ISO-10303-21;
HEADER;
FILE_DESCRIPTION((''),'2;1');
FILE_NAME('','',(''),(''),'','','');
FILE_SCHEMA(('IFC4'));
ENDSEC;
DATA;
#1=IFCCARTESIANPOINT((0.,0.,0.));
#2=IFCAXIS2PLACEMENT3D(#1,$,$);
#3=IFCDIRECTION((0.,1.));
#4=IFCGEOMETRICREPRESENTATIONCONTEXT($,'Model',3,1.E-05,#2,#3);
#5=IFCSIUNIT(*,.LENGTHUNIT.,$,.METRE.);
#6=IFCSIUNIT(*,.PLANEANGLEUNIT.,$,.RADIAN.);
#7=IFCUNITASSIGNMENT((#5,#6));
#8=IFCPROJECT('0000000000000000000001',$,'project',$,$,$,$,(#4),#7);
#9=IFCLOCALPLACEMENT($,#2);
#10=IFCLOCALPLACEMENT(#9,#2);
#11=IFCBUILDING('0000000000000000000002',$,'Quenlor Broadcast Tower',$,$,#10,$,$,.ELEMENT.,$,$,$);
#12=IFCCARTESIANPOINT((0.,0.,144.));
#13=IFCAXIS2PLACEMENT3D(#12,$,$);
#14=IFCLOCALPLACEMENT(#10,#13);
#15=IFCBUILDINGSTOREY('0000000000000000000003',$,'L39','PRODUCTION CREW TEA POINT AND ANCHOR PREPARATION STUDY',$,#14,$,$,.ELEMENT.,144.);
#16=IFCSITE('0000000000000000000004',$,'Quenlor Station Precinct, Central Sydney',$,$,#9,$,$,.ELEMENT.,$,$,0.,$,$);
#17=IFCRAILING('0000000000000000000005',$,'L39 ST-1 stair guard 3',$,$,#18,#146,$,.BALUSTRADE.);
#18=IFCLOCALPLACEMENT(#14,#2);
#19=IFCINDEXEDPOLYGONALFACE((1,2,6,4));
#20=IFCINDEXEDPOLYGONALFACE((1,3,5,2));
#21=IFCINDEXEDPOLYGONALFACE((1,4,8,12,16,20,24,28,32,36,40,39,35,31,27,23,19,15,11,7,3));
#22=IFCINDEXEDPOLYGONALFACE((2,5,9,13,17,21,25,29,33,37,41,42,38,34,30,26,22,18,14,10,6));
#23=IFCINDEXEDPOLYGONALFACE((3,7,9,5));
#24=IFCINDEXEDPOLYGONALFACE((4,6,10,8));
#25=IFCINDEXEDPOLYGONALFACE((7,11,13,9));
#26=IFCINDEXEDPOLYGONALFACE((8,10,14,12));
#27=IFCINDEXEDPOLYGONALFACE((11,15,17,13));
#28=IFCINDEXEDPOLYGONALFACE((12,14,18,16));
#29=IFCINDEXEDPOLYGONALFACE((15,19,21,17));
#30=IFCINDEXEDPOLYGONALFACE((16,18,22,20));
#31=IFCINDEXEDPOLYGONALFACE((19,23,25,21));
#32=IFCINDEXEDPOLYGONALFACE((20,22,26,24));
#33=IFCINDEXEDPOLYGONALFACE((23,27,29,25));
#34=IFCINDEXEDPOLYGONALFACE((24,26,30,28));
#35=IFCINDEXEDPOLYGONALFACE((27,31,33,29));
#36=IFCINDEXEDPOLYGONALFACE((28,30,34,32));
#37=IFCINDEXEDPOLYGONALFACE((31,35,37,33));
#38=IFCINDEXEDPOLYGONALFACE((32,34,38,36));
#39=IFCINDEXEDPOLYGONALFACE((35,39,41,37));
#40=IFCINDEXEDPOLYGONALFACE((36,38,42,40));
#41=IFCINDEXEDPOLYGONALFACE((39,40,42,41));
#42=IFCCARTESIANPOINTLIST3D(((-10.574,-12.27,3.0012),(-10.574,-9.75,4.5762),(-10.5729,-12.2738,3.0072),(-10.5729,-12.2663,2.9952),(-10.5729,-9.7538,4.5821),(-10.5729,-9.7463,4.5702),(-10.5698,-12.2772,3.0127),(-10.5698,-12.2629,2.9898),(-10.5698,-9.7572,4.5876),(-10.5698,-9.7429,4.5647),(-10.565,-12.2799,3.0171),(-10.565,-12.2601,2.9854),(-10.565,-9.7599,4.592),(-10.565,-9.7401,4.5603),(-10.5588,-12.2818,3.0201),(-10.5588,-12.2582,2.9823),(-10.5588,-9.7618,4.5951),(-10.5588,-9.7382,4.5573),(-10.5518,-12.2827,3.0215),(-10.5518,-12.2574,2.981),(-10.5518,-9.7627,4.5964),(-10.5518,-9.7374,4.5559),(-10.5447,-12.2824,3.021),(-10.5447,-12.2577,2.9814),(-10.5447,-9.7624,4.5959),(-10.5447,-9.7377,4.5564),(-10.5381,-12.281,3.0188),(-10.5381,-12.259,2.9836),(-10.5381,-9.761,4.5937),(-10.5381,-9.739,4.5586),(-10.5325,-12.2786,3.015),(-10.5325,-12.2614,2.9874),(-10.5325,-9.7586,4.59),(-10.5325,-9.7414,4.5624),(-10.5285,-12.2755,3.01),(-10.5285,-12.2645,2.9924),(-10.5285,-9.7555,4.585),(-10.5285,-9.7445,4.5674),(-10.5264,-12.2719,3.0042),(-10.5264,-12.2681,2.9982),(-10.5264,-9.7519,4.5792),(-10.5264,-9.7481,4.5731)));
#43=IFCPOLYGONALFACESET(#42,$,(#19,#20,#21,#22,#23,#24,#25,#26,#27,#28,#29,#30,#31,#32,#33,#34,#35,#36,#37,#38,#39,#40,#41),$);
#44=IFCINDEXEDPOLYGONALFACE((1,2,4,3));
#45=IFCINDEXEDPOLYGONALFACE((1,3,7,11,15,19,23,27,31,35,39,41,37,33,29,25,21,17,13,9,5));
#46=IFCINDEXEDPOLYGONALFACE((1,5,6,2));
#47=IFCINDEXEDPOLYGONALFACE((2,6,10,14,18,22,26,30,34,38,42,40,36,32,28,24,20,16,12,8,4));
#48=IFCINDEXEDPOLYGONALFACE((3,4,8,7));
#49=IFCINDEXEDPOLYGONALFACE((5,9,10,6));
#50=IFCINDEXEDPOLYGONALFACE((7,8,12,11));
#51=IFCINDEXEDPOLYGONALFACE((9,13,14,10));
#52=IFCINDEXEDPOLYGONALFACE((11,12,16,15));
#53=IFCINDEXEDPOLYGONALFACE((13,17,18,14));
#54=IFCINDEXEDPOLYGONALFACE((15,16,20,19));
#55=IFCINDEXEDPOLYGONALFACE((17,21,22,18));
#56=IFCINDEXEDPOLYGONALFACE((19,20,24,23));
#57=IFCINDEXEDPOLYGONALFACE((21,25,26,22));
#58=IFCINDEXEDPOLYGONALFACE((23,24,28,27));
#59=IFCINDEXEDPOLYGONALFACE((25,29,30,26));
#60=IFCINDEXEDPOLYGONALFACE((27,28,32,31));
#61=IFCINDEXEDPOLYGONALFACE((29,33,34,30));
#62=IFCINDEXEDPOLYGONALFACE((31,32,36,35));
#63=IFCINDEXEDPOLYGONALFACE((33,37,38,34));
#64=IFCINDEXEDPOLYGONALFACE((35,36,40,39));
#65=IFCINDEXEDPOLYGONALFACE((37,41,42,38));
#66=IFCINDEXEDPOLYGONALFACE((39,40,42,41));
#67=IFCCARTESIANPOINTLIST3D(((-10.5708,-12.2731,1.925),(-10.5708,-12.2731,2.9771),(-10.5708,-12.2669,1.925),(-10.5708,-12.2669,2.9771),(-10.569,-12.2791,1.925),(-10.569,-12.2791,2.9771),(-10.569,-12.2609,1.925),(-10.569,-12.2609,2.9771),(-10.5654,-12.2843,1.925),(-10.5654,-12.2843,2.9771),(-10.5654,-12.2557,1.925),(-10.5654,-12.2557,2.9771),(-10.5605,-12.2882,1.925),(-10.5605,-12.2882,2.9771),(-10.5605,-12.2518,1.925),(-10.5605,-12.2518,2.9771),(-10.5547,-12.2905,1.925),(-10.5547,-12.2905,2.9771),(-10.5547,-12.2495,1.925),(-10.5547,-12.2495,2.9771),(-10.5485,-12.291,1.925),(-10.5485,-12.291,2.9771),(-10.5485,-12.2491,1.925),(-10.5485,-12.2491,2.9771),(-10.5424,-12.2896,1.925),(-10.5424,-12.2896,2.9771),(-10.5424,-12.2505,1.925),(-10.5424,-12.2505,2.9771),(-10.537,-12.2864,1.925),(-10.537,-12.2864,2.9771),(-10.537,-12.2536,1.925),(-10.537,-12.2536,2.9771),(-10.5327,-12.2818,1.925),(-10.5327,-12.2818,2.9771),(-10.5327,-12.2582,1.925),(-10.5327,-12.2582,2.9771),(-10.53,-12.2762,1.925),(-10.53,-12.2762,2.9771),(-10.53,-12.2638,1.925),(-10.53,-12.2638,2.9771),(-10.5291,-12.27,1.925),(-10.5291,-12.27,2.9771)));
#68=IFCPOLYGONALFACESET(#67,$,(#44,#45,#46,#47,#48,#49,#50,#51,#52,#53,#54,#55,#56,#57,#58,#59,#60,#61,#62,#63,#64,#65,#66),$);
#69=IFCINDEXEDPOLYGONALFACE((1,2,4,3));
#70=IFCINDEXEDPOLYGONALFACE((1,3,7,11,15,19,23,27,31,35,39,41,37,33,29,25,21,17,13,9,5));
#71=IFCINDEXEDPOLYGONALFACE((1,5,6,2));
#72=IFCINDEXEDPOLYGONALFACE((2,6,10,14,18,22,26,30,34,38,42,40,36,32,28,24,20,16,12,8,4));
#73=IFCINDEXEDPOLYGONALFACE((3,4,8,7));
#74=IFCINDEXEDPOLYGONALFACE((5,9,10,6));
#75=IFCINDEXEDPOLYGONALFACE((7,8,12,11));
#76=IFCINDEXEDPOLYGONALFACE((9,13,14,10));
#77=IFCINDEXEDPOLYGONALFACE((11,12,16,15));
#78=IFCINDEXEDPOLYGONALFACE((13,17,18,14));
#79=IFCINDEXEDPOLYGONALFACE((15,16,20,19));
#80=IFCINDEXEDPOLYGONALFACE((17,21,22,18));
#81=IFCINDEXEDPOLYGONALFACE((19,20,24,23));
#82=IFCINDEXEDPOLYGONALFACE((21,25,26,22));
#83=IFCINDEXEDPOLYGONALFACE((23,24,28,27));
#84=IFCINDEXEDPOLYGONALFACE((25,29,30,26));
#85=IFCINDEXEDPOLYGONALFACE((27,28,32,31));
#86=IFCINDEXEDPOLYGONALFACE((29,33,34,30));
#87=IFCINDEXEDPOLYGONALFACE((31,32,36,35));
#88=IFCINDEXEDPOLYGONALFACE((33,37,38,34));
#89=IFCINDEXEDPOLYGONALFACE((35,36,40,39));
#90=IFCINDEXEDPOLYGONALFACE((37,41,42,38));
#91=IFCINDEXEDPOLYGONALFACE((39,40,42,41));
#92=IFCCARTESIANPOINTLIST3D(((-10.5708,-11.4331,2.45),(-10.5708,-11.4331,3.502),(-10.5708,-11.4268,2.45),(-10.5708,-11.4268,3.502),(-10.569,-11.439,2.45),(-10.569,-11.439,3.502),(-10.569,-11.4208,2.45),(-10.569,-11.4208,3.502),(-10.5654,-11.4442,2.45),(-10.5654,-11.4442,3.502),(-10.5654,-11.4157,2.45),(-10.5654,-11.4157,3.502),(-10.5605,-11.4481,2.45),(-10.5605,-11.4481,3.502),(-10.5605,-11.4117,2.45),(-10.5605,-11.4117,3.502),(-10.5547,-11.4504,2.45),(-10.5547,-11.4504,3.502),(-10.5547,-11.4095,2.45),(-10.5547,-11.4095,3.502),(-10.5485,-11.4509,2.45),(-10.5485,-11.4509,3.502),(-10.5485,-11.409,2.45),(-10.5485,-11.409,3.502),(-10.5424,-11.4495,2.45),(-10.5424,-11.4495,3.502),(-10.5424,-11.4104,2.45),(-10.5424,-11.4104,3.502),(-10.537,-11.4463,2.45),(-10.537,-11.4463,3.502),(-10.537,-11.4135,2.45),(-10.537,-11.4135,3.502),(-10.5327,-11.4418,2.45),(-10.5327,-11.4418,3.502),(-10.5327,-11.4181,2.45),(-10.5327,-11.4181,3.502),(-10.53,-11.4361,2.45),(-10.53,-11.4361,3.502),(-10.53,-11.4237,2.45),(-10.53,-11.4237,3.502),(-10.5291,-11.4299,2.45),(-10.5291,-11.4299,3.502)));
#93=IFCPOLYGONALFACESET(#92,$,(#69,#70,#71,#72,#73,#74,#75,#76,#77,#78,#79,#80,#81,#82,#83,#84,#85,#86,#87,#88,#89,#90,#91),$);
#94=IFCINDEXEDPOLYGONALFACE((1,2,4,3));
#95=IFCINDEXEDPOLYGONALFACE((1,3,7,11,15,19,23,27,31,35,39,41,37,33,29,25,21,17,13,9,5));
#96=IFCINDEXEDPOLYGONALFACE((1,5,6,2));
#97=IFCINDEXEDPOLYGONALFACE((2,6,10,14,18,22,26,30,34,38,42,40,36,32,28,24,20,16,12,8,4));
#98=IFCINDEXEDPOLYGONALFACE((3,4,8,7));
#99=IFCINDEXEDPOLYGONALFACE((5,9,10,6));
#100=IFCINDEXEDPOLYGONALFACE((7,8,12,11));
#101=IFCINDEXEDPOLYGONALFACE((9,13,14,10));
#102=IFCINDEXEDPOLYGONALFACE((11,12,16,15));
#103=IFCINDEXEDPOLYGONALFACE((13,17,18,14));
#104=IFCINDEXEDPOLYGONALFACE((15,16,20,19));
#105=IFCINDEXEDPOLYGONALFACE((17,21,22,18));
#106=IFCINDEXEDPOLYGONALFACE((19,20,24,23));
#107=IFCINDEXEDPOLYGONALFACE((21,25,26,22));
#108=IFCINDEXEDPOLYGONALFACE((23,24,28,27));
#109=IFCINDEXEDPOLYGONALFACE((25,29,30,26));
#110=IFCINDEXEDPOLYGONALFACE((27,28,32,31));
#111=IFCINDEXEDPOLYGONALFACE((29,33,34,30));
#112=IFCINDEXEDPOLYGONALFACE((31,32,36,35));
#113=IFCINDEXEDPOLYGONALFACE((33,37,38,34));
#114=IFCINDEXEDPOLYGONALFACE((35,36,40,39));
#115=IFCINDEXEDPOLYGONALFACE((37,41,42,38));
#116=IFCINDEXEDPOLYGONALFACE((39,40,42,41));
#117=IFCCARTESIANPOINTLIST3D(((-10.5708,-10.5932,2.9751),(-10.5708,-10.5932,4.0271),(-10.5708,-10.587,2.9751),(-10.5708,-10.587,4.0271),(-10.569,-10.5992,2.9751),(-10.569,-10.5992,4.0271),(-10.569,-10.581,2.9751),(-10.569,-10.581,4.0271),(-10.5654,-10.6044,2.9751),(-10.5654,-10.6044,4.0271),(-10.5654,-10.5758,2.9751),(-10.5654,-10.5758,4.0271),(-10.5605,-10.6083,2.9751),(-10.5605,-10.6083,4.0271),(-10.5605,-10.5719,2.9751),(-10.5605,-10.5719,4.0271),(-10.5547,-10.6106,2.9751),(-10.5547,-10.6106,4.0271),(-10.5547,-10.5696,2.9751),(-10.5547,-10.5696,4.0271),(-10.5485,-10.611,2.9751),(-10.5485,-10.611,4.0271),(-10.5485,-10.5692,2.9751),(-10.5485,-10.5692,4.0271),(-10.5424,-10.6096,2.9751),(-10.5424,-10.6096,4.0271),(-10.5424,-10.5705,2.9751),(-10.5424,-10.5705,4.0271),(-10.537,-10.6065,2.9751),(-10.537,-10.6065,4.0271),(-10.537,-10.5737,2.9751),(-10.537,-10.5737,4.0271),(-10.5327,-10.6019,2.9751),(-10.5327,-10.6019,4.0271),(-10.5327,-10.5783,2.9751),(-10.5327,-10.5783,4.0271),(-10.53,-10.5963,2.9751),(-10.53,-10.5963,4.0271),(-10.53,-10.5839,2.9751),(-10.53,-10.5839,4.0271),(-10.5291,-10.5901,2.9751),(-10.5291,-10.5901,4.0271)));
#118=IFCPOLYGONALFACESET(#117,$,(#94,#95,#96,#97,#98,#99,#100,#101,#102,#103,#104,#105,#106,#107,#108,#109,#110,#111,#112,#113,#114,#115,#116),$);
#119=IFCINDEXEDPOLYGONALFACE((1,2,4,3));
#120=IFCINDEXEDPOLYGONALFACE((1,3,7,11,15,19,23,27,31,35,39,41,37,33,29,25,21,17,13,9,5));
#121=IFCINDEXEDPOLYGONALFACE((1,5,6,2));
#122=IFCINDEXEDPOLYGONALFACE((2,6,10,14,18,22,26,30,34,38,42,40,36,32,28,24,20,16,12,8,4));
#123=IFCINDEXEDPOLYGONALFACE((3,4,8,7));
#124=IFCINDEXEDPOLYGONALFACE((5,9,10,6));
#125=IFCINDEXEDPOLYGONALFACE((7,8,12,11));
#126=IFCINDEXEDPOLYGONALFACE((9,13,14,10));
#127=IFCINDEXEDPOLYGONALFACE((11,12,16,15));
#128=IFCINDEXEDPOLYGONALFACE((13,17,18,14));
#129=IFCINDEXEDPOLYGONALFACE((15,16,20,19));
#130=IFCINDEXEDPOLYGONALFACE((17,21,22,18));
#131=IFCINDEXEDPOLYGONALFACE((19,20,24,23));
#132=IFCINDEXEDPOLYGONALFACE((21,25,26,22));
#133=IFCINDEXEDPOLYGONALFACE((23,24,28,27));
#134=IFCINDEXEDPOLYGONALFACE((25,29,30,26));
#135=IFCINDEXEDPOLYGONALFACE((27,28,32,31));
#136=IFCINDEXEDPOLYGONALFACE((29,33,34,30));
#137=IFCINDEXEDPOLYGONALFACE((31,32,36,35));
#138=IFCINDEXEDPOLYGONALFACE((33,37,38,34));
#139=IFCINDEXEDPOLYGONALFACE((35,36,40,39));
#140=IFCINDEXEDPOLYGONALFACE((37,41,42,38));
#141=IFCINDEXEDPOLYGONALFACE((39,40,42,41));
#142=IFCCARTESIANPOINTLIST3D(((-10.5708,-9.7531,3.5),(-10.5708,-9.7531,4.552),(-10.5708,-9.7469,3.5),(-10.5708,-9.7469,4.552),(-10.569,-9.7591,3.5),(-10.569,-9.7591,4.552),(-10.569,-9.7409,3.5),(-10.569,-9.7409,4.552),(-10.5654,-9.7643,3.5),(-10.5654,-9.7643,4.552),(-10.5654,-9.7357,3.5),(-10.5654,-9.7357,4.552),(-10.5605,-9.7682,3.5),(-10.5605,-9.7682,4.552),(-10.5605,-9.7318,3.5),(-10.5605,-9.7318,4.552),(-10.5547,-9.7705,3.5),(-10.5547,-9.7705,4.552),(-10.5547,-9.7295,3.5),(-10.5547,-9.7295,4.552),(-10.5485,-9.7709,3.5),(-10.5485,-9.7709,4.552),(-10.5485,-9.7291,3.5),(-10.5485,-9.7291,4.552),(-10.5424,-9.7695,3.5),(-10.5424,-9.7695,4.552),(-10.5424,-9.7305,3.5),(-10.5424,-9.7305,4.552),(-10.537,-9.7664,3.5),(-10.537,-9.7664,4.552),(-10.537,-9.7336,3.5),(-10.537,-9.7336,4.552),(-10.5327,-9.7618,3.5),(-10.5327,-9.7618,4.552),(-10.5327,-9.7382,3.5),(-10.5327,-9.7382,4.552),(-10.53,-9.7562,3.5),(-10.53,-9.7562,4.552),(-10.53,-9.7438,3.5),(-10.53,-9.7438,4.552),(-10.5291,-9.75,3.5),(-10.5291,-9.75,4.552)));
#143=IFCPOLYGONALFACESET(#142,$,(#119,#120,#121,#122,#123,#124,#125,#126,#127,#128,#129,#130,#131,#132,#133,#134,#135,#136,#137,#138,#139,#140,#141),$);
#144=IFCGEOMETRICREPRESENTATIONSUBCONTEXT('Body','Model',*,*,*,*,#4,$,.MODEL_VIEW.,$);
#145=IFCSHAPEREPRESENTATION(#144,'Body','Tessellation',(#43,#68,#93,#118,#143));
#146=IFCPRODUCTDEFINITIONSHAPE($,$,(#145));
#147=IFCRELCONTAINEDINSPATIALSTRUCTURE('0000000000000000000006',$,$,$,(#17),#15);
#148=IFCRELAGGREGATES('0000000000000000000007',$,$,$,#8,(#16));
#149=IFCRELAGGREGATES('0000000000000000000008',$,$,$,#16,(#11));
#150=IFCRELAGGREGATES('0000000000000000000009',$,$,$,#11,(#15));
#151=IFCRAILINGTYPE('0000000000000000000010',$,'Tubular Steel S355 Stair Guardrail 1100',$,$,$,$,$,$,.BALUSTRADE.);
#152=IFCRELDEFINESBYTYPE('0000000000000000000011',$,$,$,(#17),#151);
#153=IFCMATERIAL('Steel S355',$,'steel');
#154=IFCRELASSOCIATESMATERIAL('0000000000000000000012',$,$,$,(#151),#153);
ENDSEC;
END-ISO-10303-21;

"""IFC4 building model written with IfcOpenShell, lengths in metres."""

from ifc_helpers import new_model, si_unit, direction, frame, origin, origin_2d, place, context, subcontext, project, spatial, circle, extrude, material, type_object, element, save


model = new_model("IFC4")

# Units and contexts
model_context = context("Model", 3, precision=1e-05, world=origin(), true_north=direction((0.0, 1.0)))
body_context = subcontext(model_context, "Body", "Model", "MODEL_VIEW")
ifc_project = project(units=[si_unit("LENGTHUNIT", "METRE"), si_unit("PLANEANGLEUNIT", "RADIAN")], contexts=[model_context])

# Site, building, storey
site_placement = place(None, origin())
site = spatial("IfcSite", under=ifc_project, at=site_placement, Name="Quenlor Station Precinct, Central Sydney", CompositionType="ELEMENT", RefElevation=0.0)
building_placement = place(site_placement, origin())
building = spatial("IfcBuilding", under=site, at=building_placement, Name="Quenlor Broadcast Tower", CompositionType="ELEMENT")
storey_placement = place(building_placement, frame((0.0, 0.0, 144.0)))
storey = spatial("IfcBuildingStorey", under=building, at=storey_placement, Name="L39", Description="PRODUCTION CREW TEA POINT AND ANCHOR PREPARATION STUDY", CompositionType="ELEMENT", Elevation=144.0)

# Railing
ifc_material_1 = material(Name="Steel S355", Category="steel")
railing_type_1 = type_object("IfcRailingType", Name="Tubular Steel S355 Stair Guardrail 1100", PredefinedType="BALUSTRADE", material=ifc_material_1)
railing_1_placement = place(storey_placement, frame((-10.55, -12.27, 1.925)))
element("IfcRailing", 1, at=railing_1_placement, inside=storey, type_object=railing_type_1, Name="L39 ST-1 stair guard 3", PredefinedType="BALUSTRADE", context=body_context, shape_type="SweptSolid", body=[
    extrude(circle(Radius=0.0239, at=origin_2d()), frame((0.0, 0.0, 1.0762), z_axis=(0.0, 0.848008, 0.529984), x_axis=(-1.0, 0.0, 0.0)), (0.0, 0.0, 1.0), 2.9717),
    extrude(circle(Radius=0.021, at=origin_2d()), origin(), (0.0, 0.0, 1.0), 1.052),
    extrude(circle(Radius=0.021, at=origin_2d()), frame((0.0, 0.8401, 0.5249)), (0.0, 0.0, 1.0), 1.052),
    extrude(circle(Radius=0.021, at=origin_2d()), frame((0.0, 1.6799, 1.05)), (0.0, 0.0, 1.0), 1.052),
    extrude(circle(Radius=0.021, at=origin_2d()), frame((0.0, 2.52, 1.575)), (0.0, 0.0, 1.0), 1.052),
])

save(model, "model.ifc")
